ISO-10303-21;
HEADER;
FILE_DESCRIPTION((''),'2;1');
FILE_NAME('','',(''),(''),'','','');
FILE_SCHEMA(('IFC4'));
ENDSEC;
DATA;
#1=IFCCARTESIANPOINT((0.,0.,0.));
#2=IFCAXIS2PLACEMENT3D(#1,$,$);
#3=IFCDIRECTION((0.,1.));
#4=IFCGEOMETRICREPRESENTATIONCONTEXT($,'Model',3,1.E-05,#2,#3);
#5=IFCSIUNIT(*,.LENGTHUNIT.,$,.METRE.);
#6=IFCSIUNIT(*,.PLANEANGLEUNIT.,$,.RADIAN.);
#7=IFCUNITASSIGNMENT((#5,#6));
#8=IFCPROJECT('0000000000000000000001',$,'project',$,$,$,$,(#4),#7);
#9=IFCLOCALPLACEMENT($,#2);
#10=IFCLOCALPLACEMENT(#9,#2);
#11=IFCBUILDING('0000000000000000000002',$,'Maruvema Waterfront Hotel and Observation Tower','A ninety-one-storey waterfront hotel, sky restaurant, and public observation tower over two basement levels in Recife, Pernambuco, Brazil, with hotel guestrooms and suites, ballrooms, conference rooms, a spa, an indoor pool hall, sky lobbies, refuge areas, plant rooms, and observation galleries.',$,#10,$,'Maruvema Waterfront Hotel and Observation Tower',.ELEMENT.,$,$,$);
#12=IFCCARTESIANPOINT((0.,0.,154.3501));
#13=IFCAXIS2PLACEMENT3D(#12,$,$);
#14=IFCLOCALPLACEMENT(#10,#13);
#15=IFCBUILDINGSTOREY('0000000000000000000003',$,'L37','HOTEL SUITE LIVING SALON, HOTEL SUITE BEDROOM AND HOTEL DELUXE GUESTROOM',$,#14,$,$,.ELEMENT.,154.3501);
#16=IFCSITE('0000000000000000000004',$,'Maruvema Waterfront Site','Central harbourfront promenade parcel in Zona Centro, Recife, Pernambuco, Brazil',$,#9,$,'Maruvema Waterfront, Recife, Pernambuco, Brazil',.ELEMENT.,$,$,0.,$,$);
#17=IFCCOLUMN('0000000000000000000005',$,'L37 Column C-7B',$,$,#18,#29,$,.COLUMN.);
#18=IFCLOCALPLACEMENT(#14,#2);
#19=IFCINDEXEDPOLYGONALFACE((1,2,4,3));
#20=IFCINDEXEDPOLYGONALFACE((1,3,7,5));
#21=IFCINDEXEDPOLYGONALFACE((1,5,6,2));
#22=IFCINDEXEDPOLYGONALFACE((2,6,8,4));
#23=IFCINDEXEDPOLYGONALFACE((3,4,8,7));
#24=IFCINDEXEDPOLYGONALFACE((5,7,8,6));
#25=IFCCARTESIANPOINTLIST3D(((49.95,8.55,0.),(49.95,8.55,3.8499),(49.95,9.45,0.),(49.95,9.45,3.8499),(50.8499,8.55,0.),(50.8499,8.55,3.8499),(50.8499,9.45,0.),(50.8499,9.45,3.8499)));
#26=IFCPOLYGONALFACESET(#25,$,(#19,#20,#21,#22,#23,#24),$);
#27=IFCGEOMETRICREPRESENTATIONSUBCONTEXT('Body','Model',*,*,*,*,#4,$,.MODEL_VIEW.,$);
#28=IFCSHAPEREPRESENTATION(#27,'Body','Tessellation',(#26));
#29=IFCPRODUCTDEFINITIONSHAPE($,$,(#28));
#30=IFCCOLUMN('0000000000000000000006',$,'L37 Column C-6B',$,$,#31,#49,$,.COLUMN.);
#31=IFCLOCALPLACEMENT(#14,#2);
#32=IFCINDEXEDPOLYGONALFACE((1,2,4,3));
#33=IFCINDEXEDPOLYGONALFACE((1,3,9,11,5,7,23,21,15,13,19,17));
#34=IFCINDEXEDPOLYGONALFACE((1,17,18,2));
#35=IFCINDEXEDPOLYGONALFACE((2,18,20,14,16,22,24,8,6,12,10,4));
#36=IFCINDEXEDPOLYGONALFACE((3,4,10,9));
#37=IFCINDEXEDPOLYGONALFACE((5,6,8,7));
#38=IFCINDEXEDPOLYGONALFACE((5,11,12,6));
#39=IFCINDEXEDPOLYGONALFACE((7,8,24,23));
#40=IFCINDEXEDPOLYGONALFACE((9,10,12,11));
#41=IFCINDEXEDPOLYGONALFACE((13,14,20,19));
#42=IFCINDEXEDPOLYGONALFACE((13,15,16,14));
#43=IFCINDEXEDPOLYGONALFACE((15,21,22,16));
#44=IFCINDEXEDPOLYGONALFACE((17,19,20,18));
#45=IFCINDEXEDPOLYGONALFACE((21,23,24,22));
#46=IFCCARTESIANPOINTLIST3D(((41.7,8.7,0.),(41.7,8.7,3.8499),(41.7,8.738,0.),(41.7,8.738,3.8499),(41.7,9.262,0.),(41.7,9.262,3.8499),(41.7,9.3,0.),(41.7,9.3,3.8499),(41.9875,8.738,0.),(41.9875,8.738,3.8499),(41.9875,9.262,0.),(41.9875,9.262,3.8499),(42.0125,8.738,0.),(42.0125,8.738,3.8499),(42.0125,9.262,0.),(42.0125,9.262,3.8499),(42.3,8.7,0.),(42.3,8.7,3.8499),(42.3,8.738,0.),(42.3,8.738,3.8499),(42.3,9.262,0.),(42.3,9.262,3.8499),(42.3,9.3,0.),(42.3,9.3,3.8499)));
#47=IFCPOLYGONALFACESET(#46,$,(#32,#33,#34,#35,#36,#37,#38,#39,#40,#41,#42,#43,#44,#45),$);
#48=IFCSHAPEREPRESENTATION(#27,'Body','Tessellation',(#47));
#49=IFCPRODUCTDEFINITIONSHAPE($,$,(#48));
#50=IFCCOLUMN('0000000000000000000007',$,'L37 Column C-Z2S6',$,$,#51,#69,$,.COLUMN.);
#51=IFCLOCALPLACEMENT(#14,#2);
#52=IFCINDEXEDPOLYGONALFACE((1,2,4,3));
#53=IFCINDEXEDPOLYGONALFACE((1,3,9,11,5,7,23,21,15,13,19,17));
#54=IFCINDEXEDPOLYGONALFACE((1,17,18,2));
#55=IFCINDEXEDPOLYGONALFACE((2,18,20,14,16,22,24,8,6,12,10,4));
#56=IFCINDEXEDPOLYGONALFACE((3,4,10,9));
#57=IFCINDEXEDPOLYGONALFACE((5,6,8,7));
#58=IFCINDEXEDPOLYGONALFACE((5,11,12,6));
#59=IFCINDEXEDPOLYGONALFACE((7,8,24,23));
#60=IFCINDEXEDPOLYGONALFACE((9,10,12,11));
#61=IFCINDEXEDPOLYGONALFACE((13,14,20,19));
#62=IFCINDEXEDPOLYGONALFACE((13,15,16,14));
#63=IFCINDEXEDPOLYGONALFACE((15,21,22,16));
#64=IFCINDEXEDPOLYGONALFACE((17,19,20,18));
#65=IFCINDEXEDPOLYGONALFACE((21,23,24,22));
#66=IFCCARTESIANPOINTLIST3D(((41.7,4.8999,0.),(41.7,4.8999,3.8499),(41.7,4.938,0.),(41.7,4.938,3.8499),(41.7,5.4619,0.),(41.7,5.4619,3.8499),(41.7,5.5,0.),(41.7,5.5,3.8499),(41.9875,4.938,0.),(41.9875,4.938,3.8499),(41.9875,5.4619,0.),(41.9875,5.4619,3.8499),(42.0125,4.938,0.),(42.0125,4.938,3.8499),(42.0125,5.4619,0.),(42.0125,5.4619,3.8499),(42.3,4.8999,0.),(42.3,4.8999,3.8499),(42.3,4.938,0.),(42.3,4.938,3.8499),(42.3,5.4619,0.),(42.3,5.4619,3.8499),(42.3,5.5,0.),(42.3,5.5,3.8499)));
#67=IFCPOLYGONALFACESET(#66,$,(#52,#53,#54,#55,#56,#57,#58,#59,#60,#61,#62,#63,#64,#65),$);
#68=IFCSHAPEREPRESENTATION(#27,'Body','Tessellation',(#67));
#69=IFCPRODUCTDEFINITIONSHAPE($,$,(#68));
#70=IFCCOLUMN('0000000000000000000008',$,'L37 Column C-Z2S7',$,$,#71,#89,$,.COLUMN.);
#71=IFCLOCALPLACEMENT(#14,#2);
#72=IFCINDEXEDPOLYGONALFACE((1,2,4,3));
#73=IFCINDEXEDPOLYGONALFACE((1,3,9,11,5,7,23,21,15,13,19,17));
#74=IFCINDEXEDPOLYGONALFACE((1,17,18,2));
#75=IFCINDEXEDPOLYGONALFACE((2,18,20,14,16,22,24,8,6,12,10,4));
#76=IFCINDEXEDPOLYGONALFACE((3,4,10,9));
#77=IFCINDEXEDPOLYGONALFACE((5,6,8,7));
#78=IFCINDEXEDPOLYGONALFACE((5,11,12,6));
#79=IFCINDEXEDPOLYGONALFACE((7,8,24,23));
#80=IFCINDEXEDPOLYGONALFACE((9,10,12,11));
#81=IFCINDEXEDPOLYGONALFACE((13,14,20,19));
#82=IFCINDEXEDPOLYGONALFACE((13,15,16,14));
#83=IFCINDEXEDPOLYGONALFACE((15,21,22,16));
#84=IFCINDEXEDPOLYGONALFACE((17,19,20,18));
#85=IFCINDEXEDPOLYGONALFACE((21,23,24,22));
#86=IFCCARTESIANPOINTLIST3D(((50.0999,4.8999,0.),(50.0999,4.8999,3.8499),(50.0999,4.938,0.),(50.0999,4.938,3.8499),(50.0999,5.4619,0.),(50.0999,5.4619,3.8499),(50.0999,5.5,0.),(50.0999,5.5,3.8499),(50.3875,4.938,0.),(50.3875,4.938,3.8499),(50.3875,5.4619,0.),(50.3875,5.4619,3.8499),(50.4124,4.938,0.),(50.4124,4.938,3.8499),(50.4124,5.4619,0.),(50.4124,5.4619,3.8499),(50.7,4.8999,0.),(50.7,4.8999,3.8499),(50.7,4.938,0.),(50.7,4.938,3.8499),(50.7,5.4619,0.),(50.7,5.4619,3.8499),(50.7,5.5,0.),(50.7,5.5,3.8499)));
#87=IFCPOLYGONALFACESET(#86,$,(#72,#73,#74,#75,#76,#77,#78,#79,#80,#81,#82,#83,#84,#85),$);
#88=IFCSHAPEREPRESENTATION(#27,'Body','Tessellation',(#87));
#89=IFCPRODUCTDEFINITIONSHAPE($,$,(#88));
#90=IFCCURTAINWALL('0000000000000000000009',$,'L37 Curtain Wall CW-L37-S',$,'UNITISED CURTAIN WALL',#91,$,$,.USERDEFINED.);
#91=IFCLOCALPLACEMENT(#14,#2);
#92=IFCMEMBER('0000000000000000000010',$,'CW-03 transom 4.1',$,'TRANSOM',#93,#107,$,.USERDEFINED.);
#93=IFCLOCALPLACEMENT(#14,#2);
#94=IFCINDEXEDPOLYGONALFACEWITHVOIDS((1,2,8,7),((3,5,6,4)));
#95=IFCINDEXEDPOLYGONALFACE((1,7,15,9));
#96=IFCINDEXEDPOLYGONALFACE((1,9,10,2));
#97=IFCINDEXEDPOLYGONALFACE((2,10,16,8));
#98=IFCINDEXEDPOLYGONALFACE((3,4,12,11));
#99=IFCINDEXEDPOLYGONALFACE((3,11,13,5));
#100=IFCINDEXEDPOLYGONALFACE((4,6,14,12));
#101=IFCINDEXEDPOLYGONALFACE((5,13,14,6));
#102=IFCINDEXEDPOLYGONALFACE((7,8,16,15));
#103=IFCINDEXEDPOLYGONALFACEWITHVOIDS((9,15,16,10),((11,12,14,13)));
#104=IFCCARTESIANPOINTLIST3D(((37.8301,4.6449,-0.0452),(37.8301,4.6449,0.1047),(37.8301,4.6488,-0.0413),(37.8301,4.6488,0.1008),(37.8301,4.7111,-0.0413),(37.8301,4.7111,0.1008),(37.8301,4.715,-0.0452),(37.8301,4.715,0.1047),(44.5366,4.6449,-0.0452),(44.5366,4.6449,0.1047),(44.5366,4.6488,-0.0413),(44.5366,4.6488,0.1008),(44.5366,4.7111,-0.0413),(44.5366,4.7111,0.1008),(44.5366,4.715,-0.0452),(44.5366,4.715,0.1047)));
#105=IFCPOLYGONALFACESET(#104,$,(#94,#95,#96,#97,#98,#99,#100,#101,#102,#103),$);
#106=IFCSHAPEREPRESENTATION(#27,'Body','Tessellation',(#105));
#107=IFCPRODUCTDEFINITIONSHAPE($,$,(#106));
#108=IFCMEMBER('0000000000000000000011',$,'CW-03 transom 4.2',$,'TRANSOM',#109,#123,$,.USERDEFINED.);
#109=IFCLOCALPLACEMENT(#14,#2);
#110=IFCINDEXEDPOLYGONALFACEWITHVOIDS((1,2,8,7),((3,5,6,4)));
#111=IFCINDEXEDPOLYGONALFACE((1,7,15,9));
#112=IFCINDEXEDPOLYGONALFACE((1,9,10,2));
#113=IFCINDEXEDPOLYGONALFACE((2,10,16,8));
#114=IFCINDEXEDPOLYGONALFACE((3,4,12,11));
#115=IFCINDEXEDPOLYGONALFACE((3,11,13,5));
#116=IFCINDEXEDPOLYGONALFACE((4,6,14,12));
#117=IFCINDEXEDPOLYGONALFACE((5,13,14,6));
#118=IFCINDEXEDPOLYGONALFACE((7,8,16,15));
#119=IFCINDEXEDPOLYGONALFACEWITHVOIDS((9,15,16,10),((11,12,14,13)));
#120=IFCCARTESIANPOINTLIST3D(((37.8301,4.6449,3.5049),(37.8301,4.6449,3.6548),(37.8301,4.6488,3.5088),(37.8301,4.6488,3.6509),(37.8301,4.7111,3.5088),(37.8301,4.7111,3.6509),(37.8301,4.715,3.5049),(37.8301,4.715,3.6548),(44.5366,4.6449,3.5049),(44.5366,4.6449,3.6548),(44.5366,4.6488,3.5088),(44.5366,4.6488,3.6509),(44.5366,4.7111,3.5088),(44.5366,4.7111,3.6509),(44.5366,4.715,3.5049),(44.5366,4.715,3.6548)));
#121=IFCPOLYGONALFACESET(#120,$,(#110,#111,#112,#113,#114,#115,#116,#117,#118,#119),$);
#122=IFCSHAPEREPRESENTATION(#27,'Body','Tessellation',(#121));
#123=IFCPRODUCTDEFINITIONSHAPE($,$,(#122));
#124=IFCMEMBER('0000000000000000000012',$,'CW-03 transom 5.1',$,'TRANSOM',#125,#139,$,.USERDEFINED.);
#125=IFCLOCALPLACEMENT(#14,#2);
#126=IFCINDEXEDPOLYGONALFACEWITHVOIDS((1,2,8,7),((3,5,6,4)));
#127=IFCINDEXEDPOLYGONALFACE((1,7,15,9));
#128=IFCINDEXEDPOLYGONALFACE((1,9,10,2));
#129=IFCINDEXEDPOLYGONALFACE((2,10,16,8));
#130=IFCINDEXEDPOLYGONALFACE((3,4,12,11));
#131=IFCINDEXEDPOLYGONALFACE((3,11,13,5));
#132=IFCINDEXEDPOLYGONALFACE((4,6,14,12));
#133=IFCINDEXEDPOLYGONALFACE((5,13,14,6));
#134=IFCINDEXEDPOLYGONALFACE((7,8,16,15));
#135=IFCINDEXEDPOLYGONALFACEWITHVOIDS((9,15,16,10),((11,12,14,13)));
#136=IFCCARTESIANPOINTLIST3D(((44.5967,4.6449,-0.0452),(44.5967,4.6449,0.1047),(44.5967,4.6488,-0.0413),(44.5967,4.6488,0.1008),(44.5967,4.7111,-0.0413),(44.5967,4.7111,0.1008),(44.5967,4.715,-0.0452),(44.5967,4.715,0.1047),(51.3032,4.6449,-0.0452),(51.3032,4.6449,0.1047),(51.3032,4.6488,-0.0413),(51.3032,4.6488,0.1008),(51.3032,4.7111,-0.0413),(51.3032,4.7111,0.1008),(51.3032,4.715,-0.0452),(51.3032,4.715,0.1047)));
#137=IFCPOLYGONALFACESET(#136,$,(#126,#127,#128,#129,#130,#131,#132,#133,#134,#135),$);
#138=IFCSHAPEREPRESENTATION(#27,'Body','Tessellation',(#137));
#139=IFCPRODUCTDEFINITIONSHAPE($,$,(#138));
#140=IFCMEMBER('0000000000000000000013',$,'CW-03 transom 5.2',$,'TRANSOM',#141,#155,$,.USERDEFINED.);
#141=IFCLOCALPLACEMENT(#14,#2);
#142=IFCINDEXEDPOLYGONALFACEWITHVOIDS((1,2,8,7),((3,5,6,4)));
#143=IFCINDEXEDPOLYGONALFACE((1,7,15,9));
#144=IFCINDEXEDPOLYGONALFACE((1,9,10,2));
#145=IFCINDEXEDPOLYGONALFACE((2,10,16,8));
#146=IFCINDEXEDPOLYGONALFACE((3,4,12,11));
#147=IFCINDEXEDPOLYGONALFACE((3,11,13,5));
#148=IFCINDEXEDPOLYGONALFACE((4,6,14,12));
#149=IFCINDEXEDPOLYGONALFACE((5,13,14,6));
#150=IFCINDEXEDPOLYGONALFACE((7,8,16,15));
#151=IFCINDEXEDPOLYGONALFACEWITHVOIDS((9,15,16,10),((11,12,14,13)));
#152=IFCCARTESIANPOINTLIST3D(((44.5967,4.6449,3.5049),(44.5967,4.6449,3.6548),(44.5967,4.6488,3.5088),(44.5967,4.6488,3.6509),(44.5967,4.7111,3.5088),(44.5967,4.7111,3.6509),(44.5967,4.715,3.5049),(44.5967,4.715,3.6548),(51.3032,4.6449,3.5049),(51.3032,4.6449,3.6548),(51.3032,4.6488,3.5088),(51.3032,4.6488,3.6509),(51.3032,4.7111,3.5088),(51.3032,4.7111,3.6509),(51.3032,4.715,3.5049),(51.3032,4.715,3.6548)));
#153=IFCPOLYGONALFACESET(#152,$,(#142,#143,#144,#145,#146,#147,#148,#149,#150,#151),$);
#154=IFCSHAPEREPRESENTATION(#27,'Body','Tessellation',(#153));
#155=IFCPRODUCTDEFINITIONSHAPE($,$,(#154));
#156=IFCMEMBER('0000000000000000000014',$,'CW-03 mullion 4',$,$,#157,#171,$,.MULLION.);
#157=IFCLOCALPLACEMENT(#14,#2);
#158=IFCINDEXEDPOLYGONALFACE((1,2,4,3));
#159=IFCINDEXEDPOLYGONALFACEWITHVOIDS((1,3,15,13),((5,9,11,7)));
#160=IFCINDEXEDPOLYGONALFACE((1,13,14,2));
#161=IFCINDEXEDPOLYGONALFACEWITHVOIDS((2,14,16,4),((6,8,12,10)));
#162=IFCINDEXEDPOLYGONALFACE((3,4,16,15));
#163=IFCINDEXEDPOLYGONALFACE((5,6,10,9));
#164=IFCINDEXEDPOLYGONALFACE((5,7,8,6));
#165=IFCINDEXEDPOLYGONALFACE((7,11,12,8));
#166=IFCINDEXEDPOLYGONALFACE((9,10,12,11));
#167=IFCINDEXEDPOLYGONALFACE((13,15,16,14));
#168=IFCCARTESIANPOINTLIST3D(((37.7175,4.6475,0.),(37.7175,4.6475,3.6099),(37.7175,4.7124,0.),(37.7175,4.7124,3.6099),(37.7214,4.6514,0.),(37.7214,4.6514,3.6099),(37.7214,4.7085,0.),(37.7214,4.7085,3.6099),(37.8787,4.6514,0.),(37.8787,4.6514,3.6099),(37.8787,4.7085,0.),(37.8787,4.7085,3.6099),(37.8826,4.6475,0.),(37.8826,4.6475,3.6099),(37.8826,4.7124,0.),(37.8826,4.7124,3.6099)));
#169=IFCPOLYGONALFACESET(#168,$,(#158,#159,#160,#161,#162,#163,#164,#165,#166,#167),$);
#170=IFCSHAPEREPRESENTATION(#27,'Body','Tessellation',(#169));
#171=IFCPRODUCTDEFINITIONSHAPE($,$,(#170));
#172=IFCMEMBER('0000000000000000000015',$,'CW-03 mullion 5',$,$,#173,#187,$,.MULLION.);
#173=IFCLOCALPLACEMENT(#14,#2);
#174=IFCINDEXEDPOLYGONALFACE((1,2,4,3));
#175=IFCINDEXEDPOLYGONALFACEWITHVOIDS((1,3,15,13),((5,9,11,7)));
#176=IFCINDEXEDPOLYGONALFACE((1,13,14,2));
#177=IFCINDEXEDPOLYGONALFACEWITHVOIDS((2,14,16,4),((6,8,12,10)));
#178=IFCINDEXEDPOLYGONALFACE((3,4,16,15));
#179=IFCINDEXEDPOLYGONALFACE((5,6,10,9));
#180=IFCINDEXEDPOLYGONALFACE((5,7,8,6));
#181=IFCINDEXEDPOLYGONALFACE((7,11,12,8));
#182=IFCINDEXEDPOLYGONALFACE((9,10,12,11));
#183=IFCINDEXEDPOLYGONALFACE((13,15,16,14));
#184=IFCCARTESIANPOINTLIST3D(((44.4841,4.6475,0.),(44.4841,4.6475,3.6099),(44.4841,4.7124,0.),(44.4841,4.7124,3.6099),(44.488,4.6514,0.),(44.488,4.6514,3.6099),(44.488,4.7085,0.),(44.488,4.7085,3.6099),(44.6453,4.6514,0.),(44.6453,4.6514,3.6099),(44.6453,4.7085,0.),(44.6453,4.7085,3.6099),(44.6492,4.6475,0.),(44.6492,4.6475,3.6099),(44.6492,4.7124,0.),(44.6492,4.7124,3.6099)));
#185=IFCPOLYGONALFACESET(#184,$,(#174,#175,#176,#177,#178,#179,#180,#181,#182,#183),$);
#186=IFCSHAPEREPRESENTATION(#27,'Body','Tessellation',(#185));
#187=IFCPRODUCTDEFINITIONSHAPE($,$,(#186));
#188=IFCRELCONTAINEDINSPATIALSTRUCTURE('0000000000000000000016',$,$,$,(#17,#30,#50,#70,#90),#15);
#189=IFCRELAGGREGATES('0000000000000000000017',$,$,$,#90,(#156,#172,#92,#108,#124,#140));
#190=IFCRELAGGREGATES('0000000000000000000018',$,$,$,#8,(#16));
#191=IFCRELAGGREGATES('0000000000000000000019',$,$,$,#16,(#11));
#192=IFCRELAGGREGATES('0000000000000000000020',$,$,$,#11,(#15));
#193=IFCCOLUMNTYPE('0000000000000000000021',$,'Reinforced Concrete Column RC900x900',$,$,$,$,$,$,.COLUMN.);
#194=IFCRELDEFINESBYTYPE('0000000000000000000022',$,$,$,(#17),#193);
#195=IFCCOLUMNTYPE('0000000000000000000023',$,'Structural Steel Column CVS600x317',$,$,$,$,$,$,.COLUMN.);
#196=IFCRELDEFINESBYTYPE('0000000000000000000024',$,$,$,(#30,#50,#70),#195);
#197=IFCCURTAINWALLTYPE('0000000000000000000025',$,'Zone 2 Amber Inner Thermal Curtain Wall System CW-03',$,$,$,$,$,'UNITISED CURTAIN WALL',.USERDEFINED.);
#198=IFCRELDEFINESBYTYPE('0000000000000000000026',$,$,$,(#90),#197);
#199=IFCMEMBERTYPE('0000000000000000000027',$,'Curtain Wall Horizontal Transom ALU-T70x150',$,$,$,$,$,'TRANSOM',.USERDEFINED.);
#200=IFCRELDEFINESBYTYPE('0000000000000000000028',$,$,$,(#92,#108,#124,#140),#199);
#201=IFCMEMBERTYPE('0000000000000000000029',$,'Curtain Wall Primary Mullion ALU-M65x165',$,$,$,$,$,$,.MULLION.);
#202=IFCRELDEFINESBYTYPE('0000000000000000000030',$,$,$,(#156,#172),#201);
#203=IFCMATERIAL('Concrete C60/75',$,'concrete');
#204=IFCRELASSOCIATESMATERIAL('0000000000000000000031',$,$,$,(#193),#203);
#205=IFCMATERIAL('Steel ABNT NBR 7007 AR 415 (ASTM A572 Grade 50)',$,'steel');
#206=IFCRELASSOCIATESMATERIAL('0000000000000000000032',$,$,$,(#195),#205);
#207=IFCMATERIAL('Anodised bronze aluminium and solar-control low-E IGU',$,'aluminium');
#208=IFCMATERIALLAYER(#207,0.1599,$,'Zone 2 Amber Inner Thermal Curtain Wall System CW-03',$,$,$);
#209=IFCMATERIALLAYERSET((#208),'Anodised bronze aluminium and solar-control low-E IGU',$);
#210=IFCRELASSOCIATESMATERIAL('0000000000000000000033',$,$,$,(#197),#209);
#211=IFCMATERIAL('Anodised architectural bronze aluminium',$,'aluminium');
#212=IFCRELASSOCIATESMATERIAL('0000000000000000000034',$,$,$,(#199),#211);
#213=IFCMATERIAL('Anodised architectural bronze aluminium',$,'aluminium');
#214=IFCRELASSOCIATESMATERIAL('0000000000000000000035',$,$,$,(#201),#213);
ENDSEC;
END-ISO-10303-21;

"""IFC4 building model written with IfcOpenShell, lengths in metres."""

from ifc_helpers import new_model, si_unit, direction, frame, origin, origin_2d, place, context, subcontext, project, spatial, rectangle, hollow_rectangle, i_section, extrude, material, layer, layer_set, material_profile, profile_set, type_object, element, aggregate, save


model = new_model("IFC4")

# Units and contexts
model_context = context("Model", 3, precision=1e-05, world=origin(), true_north=direction((0.0, 1.0)))
body_context = subcontext(model_context, "Body", "Model", "MODEL_VIEW")
ifc_project = project(units=[si_unit("LENGTHUNIT", "METRE"), si_unit("PLANEANGLEUNIT", "RADIAN")], contexts=[model_context])

# Site, building, storey
site_placement = place(None, origin())
site = spatial("IfcSite", under=ifc_project, at=site_placement, Name="Maruvema Waterfront Site", Description="Central harbourfront promenade parcel in Zona Centro, Recife, Pernambuco, Brazil", LongName="Maruvema Waterfront, Recife, Pernambuco, Brazil", CompositionType="ELEMENT", RefElevation=0.0)
building_placement = place(site_placement, origin())
building = spatial("IfcBuilding", under=site, at=building_placement, Name="Maruvema Waterfront Hotel and Observation Tower", Description="A ninety-one-storey waterfront hotel, sky restaurant, and public observation tower over two basement levels in Recife, Pernambuco, Brazil, with hotel guestrooms and suites, ballrooms, conference rooms, a spa, an indoor pool hall, sky lobbies, refuge areas, plant rooms, and observation galleries.", LongName="Maruvema Waterfront Hotel and Observation Tower", CompositionType="ELEMENT")
storey_placement = place(building_placement, frame((0.0, 0.0, 154.3501)))
storey = spatial("IfcBuildingStorey", under=building, at=storey_placement, Name="L37", Description="HOTEL SUITE LIVING SALON, HOTEL SUITE BEDROOM AND HOTEL DELUXE GUESTROOM", CompositionType="ELEMENT", Elevation=154.3501)

# Columns
ifc_material_1 = material(Name="Concrete C60/75", Category="concrete")
ifc_material_profile_1 = material_profile(ifc_material_1, rectangle(XDim=0.8999, YDim=0.8999, at=origin_2d()), Name="RC900x900")
ifc_profile_set_1 = profile_set([ifc_material_profile_1], Name="Concrete C60/75")
column_type_1 = type_object("IfcColumnType", Name="Reinforced Concrete Column RC900x900", PredefinedType="COLUMN", material=ifc_profile_set_1)
column_placement = place(storey_placement, frame((50.3999, 9.0, 0.0), z_axis=(0.0, 0.0, 1.0), x_axis=(1.0, 0.0, 0.0)))
element("IfcColumn", 1, at=column_placement, inside=storey, type_object=column_type_1, Name="L37 Column C-7B", PredefinedType="COLUMN", context=body_context, shape_type="SweptSolid", body=[
    extrude(rectangle(XDim=0.8999, YDim=0.8999, at=origin_2d()), origin(), (0.0, 0.0, 1.0), 3.8499),
])
ifc_material_2 = material(Name="Steel ABNT NBR 7007 AR 415 (ASTM A572 Grade 50)", Category="steel")
ifc_material_profile_2 = material_profile(ifc_material_2, i_section(OverallWidth=0.6001, OverallDepth=0.6001, WebThickness=0.0249, FlangeThickness=0.0381, at=origin_2d()), Name="CVS600x317")
ifc_profile_set_2 = profile_set([ifc_material_profile_2], Name="Steel ABNT NBR 7007 AR 415 (ASTM A572 Grade 50)")
column_type_2 = type_object("IfcColumnType", Name="Structural Steel Column CVS600x317", PredefinedType="COLUMN", material=ifc_profile_set_2)
for number, where, z_axis, x_axis, name in (
    (2, (42.0, 9.0, 0.0), (0.0, 0.0, 1.0), (1.0, 0.0, 0.0), "L37 Column C-6B"),
    (3, (42.0, 5.2, 0.0), (0.0, 0.0, 1.0), (1.0, 0.0, 0.0), "L37 Column C-Z2S6"),
    (4, (50.3999, 5.2, 0.0), (0.0, 0.0, 1.0), (1.0, 0.0, 0.0), "L37 Column C-Z2S7"),
):
    element("IfcColumn", number, at=place(storey_placement, frame(where, z_axis=z_axis, x_axis=x_axis)), inside=storey, type_object=column_type_2, Name=name, PredefinedType="COLUMN", context=body_context, shape_type="SweptSolid", body=[
        extrude(i_section(OverallWidth=0.6001, OverallDepth=0.6001, WebThickness=0.0249, FlangeThickness=0.0381, at=origin_2d()), origin(), (0.0, 0.0, 1.0), 3.8499),
    ])

# Curtain wall, members
ifc_material_3 = material(Name="Anodised bronze aluminium and solar-control low-E IGU", Category="aluminium")
ifc_layer_1 = layer(ifc_material_3, 0.1599, Name="Zone 2 Amber Inner Thermal Curtain Wall System CW-03")
ifc_layer_set_1 = layer_set([ifc_layer_1], Name="Anodised bronze aluminium and solar-control low-E IGU")
curtain_wall_type = type_object("IfcCurtainWallType", Name="Zone 2 Amber Inner Thermal Curtain Wall System CW-03", ElementType="UNITISED CURTAIN WALL", PredefinedType="USERDEFINED", material=ifc_layer_set_1)
curtain_wall_placement = place(storey_placement, origin())
curtain_wall = element("IfcCurtainWall", 5, at=curtain_wall_placement, inside=storey, type_object=curtain_wall_type, Name="L37 Curtain Wall CW-L37-S", ObjectType="UNITISED CURTAIN WALL", PredefinedType="USERDEFINED")
ifc_material_4 = material(Name="Anodised architectural bronze aluminium", Category="aluminium")
ifc_material_profile_3 = material_profile(ifc_material_4, hollow_rectangle(XDim=0.0701, YDim=0.1499, WallThickness=0.0039, at=origin_2d()), Name="ALU-T70x150")
ifc_profile_set_3 = profile_set([ifc_material_profile_3], Name="Anodised architectural bronze aluminium")
member_type_1 = type_object("IfcMemberType", Name="Curtain Wall Horizontal Transom ALU-T70x150", ElementType="TRANSOM", PredefinedType="USERDEFINED", material=ifc_profile_set_3)
member_1_placement = place(storey_placement, frame((37.8301, 4.6799, 0.0298), z_axis=(1.0, 0.0, 0.0), x_axis=(0.0, 1.0, 0.0)))
member_1 = element("IfcMember", 6, at=member_1_placement, type_object=member_type_1, Name="CW-03 transom 4.1", ObjectType="TRANSOM", PredefinedType="USERDEFINED", context=body_context, shape_type="SweptSolid", body=[
    extrude(hollow_rectangle(XDim=0.0701, YDim=0.1499, WallThickness=0.0039, at=origin_2d()), origin(), (0.0, 0.0, 1.0), 6.7065),
])
member_2_placement = place(storey_placement, frame((37.8301, 4.6799, 3.5798), z_axis=(1.0, 0.0, 0.0), x_axis=(0.0, 1.0, 0.0)))
member_2 = element("IfcMember", 7, at=member_2_placement, type_object=member_type_1, Name="CW-03 transom 4.2", ObjectType="TRANSOM", PredefinedType="USERDEFINED", context=body_context, shape_type="SweptSolid", body=[
    extrude(hollow_rectangle(XDim=0.0701, YDim=0.1499, WallThickness=0.0039, at=origin_2d()), origin(), (0.0, 0.0, 1.0), 6.7065),
])
member_3_placement = place(storey_placement, frame((44.5967, 4.6799, 0.0298), z_axis=(1.0, 0.0, 0.0), x_axis=(0.0, 1.0, 0.0)))
member_3 = element("IfcMember", 8, at=member_3_placement, type_object=member_type_1, Name="CW-03 transom 5.1", ObjectType="TRANSOM", PredefinedType="USERDEFINED", context=body_context, shape_type="SweptSolid", body=[
    extrude(hollow_rectangle(XDim=0.0701, YDim=0.1499, WallThickness=0.0039, at=origin_2d()), origin(), (0.0, 0.0, 1.0), 6.7065),
])
member_4_placement = place(storey_placement, frame((44.5967, 4.6799, 3.5798), z_axis=(1.0, 0.0, 0.0), x_axis=(0.0, 1.0, 0.0)))
member_4 = element("IfcMember", 9, at=member_4_placement, type_object=member_type_1, Name="CW-03 transom 5.2", ObjectType="TRANSOM", PredefinedType="USERDEFINED", context=body_context, shape_type="SweptSolid", body=[
    extrude(hollow_rectangle(XDim=0.0701, YDim=0.1499, WallThickness=0.0039, at=origin_2d()), origin(), (0.0, 0.0, 1.0), 6.7065),
])
ifc_material_5 = material(Name="Anodised architectural bronze aluminium", Category="aluminium")
ifc_material_profile_4 = material_profile(ifc_material_5, hollow_rectangle(XDim=0.0649, YDim=0.165, WallThickness=0.0039, at=origin_2d()), Name="ALU-M65x165")
ifc_profile_set_4 = profile_set([ifc_material_profile_4], Name="Anodised architectural bronze aluminium")
member_type_2 = type_object("IfcMemberType", Name="Curtain Wall Primary Mullion ALU-M65x165", PredefinedType="MULLION", material=ifc_profile_set_4)
member_5_placement = place(storey_placement, frame((37.8, 4.6799, 0.0), z_axis=(0.0, 0.0, 1.0), x_axis=(0.0, 1.0, 0.0)))
member_5 = element("IfcMember", 10, at=member_5_placement, type_object=member_type_2, Name="CW-03 mullion 4", PredefinedType="MULLION", context=body_context, shape_type="SweptSolid", body=[
    extrude(hollow_rectangle(XDim=0.0649, YDim=0.165, WallThickness=0.0039, at=origin_2d()), origin(), (0.0, 0.0, 1.0), 3.6099),
])
member_6_placement = place(storey_placement, frame((44.5667, 4.6799, 0.0), z_axis=(0.0, 0.0, 1.0), x_axis=(0.0, 1.0, 0.0)))
member_6 = element("IfcMember", 11, at=member_6_placement, type_object=member_type_2, Name="CW-03 mullion 5", PredefinedType="MULLION", context=body_context, shape_type="SweptSolid", body=[
    extrude(hollow_rectangle(XDim=0.0649, YDim=0.165, WallThickness=0.0039, at=origin_2d()), origin(), (0.0, 0.0, 1.0), 3.6099),
])

aggregate(curtain_wall, [member_5, member_6, member_1, member_2, member_3, member_4])

save(model, "model.ifc")
